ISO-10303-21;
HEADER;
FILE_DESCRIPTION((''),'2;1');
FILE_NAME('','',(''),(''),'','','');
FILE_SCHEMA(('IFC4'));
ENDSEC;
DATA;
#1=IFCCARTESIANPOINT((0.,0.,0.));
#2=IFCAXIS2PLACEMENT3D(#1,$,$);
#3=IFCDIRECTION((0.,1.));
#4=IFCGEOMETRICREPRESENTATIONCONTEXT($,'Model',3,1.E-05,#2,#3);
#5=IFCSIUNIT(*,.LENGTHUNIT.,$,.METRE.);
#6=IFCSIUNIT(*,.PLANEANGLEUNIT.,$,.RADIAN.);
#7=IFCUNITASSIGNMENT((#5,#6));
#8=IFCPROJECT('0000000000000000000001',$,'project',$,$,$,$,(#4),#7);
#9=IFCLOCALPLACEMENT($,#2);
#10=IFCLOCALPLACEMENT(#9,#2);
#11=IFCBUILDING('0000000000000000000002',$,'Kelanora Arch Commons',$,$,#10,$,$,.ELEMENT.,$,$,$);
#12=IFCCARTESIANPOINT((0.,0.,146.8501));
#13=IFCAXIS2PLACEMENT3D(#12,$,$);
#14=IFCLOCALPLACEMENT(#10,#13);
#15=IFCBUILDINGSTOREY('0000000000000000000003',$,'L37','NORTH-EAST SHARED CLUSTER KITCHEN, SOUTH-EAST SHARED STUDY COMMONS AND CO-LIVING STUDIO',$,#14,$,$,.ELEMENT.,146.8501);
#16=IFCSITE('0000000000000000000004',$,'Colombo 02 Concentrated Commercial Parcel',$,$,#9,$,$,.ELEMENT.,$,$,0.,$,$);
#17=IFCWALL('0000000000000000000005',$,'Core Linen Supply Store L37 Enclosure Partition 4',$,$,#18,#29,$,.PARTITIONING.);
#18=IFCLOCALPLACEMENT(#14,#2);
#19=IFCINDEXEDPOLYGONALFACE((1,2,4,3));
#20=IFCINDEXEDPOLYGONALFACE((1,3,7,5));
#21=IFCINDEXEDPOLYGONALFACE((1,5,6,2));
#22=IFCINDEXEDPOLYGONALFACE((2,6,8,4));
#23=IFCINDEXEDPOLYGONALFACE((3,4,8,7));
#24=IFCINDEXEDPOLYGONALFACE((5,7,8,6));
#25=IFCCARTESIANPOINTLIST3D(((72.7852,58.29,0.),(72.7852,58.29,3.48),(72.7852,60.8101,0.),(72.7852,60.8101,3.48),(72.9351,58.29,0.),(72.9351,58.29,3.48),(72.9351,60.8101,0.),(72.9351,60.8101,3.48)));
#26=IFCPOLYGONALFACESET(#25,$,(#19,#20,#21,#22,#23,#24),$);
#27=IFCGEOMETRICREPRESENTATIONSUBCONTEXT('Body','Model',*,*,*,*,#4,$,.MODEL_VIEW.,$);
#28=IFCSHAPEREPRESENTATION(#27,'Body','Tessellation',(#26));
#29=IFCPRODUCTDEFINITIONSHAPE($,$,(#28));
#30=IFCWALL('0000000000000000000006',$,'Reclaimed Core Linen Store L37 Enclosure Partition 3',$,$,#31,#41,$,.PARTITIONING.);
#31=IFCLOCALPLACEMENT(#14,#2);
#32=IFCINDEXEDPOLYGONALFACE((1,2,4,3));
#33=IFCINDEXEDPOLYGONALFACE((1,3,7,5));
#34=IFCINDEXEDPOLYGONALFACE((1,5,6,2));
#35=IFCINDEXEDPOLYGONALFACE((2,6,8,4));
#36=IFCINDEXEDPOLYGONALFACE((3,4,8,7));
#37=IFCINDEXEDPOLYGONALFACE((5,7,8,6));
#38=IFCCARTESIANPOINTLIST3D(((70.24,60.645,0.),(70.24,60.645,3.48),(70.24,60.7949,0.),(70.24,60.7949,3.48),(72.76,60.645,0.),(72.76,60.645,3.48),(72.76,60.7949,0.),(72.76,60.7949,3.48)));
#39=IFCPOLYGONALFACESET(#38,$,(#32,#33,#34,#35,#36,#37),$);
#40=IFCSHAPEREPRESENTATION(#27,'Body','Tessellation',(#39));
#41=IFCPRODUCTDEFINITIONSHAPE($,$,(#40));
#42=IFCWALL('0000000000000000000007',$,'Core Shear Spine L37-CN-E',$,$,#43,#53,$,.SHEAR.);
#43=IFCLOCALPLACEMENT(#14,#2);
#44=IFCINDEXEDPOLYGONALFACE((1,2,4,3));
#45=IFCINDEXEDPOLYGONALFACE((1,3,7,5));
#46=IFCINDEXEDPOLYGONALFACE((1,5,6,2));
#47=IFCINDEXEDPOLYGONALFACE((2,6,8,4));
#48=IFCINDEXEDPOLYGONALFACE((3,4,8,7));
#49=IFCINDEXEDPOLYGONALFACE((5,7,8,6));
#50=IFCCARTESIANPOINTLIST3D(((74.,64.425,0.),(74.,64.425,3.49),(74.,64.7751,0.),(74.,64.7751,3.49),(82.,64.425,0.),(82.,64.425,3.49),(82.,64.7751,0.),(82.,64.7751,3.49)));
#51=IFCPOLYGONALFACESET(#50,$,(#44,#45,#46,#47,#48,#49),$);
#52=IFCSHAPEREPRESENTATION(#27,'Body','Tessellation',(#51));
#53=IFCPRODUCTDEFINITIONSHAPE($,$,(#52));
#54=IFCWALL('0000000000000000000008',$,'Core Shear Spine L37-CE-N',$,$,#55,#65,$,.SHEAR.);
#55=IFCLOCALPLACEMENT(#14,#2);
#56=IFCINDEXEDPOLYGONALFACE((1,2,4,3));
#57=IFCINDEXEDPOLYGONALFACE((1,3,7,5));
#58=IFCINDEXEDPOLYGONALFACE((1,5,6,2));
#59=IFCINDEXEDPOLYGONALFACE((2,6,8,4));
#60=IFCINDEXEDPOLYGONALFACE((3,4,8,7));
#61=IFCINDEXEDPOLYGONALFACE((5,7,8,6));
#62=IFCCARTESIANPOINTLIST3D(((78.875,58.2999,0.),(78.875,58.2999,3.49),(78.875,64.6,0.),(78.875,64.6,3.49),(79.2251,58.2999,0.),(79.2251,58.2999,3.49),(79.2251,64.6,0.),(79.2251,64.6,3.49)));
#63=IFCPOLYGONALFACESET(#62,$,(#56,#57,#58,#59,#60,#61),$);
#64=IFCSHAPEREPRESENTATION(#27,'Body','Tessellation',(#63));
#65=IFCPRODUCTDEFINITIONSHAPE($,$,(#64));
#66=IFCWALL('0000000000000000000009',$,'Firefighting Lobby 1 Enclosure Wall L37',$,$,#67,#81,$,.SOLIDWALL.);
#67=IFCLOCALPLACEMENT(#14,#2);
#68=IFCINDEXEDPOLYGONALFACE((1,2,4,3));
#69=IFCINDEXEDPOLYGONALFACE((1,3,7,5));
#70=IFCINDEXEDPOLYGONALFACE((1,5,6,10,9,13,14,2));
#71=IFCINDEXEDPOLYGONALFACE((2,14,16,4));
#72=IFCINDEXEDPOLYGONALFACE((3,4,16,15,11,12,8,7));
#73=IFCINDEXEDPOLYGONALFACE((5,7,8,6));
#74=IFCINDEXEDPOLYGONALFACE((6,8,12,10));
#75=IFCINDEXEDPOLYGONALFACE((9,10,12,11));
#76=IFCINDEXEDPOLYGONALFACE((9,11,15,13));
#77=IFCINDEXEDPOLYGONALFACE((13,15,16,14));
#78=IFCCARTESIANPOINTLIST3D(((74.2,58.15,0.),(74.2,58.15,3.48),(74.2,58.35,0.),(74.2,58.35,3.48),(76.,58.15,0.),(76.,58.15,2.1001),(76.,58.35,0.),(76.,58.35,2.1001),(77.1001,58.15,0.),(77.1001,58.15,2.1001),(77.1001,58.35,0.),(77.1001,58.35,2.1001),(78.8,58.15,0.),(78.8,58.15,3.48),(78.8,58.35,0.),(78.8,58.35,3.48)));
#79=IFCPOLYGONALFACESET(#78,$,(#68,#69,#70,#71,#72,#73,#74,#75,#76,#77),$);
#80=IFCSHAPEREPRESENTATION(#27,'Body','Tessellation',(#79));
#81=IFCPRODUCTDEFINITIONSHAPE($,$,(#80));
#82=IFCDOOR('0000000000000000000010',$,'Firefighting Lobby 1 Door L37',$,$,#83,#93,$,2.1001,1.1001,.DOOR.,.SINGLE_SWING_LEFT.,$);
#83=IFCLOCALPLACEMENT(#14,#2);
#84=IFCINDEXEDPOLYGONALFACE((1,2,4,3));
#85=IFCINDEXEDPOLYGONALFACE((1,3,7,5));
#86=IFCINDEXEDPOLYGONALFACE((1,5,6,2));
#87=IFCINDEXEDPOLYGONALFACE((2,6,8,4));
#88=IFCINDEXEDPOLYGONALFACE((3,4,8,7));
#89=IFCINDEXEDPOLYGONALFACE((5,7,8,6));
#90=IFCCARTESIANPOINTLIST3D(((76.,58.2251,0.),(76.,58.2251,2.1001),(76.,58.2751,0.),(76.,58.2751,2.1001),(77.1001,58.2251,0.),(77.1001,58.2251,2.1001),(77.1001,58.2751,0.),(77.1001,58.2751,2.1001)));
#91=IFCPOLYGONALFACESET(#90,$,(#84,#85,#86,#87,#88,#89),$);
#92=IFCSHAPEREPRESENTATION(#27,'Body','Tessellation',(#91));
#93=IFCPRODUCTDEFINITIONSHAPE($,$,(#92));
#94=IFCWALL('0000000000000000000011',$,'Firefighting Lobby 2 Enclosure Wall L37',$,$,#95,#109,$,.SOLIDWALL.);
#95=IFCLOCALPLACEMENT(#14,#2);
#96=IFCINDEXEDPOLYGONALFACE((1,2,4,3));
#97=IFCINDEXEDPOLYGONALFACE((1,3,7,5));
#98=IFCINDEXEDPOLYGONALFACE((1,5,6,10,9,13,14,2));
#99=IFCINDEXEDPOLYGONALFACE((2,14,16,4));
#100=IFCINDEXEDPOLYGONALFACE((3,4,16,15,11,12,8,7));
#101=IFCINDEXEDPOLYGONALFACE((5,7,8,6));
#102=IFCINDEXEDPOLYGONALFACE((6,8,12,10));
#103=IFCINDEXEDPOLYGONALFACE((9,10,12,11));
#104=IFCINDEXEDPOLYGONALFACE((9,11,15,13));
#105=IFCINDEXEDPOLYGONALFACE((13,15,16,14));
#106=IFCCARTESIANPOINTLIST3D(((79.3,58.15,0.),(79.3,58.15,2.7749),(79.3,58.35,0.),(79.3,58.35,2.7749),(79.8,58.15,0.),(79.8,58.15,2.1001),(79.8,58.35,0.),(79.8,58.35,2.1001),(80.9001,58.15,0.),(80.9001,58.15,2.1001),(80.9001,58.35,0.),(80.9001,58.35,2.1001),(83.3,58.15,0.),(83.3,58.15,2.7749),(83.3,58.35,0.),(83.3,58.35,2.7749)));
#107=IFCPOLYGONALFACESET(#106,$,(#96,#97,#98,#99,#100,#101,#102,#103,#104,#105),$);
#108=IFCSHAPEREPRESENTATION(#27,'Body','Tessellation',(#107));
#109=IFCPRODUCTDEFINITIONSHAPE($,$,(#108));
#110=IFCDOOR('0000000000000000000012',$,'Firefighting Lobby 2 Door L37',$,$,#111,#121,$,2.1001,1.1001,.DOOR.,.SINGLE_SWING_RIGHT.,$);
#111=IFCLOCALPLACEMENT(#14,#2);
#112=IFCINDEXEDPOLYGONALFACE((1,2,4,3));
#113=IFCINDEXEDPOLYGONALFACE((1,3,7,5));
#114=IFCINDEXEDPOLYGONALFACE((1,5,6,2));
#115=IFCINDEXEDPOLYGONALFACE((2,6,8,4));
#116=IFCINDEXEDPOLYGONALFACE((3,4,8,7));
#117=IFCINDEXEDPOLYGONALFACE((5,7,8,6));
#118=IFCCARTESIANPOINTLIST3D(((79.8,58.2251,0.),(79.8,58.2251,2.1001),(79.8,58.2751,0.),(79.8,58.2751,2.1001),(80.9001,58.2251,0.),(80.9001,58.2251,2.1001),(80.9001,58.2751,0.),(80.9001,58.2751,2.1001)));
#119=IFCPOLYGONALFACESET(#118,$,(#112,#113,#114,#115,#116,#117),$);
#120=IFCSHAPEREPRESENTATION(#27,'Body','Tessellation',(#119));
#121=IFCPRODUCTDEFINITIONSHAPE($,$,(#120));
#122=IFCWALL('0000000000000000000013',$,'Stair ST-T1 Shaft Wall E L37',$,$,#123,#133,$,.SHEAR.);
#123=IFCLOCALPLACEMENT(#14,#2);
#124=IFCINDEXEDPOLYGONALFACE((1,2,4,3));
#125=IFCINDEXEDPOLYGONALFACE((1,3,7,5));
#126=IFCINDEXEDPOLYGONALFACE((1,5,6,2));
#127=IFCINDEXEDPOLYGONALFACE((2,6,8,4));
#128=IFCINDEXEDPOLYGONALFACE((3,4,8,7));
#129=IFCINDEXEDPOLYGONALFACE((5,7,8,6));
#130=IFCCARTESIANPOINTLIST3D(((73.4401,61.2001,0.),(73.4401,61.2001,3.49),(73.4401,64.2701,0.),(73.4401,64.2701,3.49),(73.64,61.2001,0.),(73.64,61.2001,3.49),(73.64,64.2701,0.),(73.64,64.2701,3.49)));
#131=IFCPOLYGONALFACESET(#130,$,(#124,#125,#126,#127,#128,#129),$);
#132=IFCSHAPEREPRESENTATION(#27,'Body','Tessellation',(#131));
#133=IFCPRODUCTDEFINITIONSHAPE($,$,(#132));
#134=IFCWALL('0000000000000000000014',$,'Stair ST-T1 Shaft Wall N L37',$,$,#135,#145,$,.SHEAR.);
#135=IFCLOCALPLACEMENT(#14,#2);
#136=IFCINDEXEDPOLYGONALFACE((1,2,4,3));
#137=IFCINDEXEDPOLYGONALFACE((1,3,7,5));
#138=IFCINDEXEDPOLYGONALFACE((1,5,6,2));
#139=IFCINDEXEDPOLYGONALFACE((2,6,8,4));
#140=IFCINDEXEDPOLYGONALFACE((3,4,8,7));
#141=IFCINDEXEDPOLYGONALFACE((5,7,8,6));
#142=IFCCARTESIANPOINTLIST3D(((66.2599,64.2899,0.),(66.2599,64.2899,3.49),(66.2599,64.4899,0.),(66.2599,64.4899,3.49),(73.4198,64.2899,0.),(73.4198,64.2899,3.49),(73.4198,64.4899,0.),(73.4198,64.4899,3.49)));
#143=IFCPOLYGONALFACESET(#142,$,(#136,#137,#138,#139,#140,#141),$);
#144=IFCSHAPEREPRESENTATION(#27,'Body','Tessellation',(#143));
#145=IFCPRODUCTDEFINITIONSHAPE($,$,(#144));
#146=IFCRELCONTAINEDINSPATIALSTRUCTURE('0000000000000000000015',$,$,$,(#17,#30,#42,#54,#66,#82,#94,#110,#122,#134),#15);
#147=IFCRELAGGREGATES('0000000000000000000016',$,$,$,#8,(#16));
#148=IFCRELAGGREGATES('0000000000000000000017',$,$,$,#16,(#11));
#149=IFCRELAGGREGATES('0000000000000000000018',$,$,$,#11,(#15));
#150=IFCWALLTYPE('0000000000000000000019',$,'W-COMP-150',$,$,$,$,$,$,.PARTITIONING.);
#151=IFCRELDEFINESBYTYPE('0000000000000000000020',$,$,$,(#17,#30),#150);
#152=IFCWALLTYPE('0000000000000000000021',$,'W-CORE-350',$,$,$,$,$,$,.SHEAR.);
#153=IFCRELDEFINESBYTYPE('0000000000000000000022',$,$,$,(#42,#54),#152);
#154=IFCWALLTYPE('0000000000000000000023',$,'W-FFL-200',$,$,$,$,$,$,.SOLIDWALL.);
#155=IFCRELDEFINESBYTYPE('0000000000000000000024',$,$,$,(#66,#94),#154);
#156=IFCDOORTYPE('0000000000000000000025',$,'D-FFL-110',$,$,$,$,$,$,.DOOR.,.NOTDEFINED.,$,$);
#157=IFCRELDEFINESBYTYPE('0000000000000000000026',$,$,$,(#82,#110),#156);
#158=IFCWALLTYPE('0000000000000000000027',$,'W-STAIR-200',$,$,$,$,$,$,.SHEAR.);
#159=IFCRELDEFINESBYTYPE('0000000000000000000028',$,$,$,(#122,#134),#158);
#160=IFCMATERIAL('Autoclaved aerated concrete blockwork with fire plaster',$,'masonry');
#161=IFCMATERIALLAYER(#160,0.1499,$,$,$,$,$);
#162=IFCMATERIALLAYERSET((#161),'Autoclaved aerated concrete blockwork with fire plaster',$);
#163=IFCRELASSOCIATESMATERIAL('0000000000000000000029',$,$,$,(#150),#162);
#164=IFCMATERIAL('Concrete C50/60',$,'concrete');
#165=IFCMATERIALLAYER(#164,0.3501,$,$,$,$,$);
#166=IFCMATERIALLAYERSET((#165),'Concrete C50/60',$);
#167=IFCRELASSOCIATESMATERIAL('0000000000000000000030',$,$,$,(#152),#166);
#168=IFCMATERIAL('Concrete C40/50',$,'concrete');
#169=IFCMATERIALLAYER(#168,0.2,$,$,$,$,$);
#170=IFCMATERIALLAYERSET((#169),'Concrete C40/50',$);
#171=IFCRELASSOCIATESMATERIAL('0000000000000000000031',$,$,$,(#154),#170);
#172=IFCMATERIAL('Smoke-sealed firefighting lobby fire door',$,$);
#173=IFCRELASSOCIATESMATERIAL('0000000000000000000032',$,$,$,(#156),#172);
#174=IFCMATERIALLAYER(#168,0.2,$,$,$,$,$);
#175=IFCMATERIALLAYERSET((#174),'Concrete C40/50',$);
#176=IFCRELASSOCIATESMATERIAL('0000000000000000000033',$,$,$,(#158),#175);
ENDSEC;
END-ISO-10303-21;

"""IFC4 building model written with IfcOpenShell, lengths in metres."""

from ifc_helpers import new_model, si_unit, direction, frame, frame_2d, origin, place, context, subcontext, project, spatial, rectangle, extrude, material, layer, layer_set, type_object, element, fill, save


model = new_model("IFC4")

# Units and contexts
model_context = context("Model", 3, precision=1e-05, world=origin(), true_north=direction((0.0, 1.0)))
body_context = subcontext(model_context, "Body", "Model", "MODEL_VIEW")
ifc_project = project(units=[si_unit("LENGTHUNIT", "METRE"), si_unit("PLANEANGLEUNIT", "RADIAN")], contexts=[model_context])

# Site, building, storey
site_placement = place(None, origin())
site = spatial("IfcSite", under=ifc_project, at=site_placement, Name="Colombo 02 Concentrated Commercial Parcel", CompositionType="ELEMENT", RefElevation=0.0)
building_placement = place(site_placement, origin())
building = spatial("IfcBuilding", under=site, at=building_placement, Name="Kelanora Arch Commons", CompositionType="ELEMENT")
storey_placement = place(building_placement, frame((0.0, 0.0, 146.8501)))
storey = spatial("IfcBuildingStorey", under=building, at=storey_placement, Name="L37", Description="NORTH-EAST SHARED CLUSTER KITCHEN, SOUTH-EAST SHARED STUDY COMMONS AND CO-LIVING STUDIO", CompositionType="ELEMENT", Elevation=146.8501)

# Shared definitions
ifc_material_1 = material(Name="Autoclaved aerated concrete blockwork with fire plaster", Category="masonry")
ifc_layer_1 = layer(ifc_material_1, 0.1499)
ifc_layer_set_1 = layer_set([ifc_layer_1], Name="Autoclaved aerated concrete blockwork with fire plaster")
wall_type_1 = type_object("IfcWallType", Name="W-COMP-150", PredefinedType="PARTITIONING", material=ifc_layer_set_1)

# Walls
for number, where, z_axis, x_axis, name in (
    (1, (72.8601, 60.8101, 0.0), (0.0, 0.0, 1.0), (0.0, -1.0, 0.0), "Core Linen Supply Store L37 Enclosure Partition 4"),
    (2, (72.76, 60.72, 0.0), (0.0, 0.0, 1.0), (-1.0, 0.0, 0.0), "Reclaimed Core Linen Store L37 Enclosure Partition 3"),
):
    element("IfcWall", number, at=place(storey_placement, frame(where, z_axis=z_axis, x_axis=x_axis)), inside=storey, type_object=wall_type_1, Name=name, PredefinedType="PARTITIONING", context=body_context, shape_type="SweptSolid", body=[
        extrude(rectangle(XDim=2.52, YDim=0.1499, at=frame_2d((1.26, 0.0))), origin(), (0.0, 0.0, 1.0), 3.48),
    ])
ifc_material_2 = material(Name="Concrete C50/60", Category="concrete")
ifc_layer_2 = layer(ifc_material_2, 0.3501)
ifc_layer_set_2 = layer_set([ifc_layer_2], Name="Concrete C50/60")
wall_type_2 = type_object("IfcWallType", Name="W-CORE-350", PredefinedType="SHEAR", material=ifc_layer_set_2)
wall_1_placement = place(storey_placement, frame((74.0, 64.6001, 0.0), z_axis=(0.0, 0.0, 1.0), x_axis=(1.0, 0.0, 0.0)))
element("IfcWall", 3, at=wall_1_placement, inside=storey, type_object=wall_type_2, Name="Core Shear Spine L37-CN-E", PredefinedType="SHEAR", context=body_context, shape_type="SweptSolid", body=[
    extrude(rectangle(XDim=8.0, YDim=0.3501, at=frame_2d((4.0, 0.0))), origin(), (0.0, 0.0, 1.0), 3.49),
])
wall_2_placement = place(storey_placement, frame((79.05, 58.3, 0.0), z_axis=(0.0, 0.0, 1.0), x_axis=(0.0, 1.0, 0.0)))
element("IfcWall", 4, at=wall_2_placement, inside=storey, type_object=wall_type_2, Name="Core Shear Spine L37-CE-N", PredefinedType="SHEAR", context=body_context, shape_type="SweptSolid", body=[
    extrude(rectangle(XDim=6.3, YDim=0.3501, at=frame_2d((3.1499, 0.0))), origin(), (0.0, 0.0, 1.0), 3.49),
])

# Walls, openings, doors
ifc_material_3 = material(Name="Concrete C40/50", Category="concrete")
ifc_layer_3 = layer(ifc_material_3, 0.2)
ifc_layer_set_3 = layer_set([ifc_layer_3], Name="Concrete C40/50")
wall_type_3 = type_object("IfcWallType", Name="W-FFL-200", PredefinedType="SOLIDWALL", material=ifc_layer_set_3)
wall_3_placement = place(storey_placement, frame((74.2, 58.25, 0.0), z_axis=(0.0, 0.0, 1.0), x_axis=(1.0, 0.0, 0.0)))
wall_3 = element("IfcWall", 5, at=wall_3_placement, inside=storey, type_object=wall_type_3, Name="Firefighting Lobby 1 Enclosure Wall L37", PredefinedType="SOLIDWALL", context=body_context, shape_type="SweptSolid", body=[
    extrude(rectangle(XDim=4.6001, YDim=0.2, at=frame_2d((2.3, 0.0))), origin(), (0.0, 0.0, 1.0), 3.48),
])
opening_1_placement = place(wall_3_placement, frame((1.8, 0.0, 0.0)))
opening_1 = element("IfcOpeningElement", 6, at=opening_1_placement, cuts=wall_3, PredefinedType="OPENING", context=body_context, shape_type="SweptSolid", body=[
    extrude(rectangle(XDim=1.1001, YDim=2.1001, at=frame_2d((0.55, 1.05))), frame((0.0, 0.1099, 0.0), z_axis=(0.0, -1.0, 0.0), x_axis=(1.0, 0.0, 0.0)), (0.0, 0.0, 1.0), 0.22),
])
ifc_material_4 = material(Name="Smoke-sealed firefighting lobby fire door")
door_type_1 = type_object("IfcDoorType", Name="D-FFL-110", OperationType="NOTDEFINED", PredefinedType="DOOR", material=ifc_material_4)
door_1_placement = place(opening_1_placement, frame((1.1001, 0.0, 0.0), z_axis=(0.0, 0.0, 1.0), x_axis=(-1.0, 0.0, 0.0)))
door_1 = element("IfcDoor", 7, at=door_1_placement, inside=storey, type_object=door_type_1, Name="Firefighting Lobby 1 Door L37", OperationType="SINGLE_SWING_LEFT", OverallHeight=2.1001, OverallWidth=1.1001, PredefinedType="DOOR", context=body_context, shape_type="SweptSolid", body=[
    extrude(rectangle(XDim=1.1001, YDim=2.1001, at=frame_2d((0.55, 1.05))), frame((0.0, 0.0249, 0.0), z_axis=(0.0, -1.0, 0.0), x_axis=(1.0, 0.0, 0.0)), (0.0, 0.0, 1.0), 0.05),
])
fill(opening_1, door_1)
wall_4_placement = place(storey_placement, frame((79.3, 58.25, 0.0), z_axis=(0.0, 0.0, 1.0), x_axis=(1.0, 0.0, 0.0)))
wall_4 = element("IfcWall", 8, at=wall_4_placement, inside=storey, type_object=wall_type_3, Name="Firefighting Lobby 2 Enclosure Wall L37", PredefinedType="SOLIDWALL", context=body_context, shape_type="SweptSolid", body=[
    extrude(rectangle(XDim=4.0, YDim=0.2, at=frame_2d((2.0, 0.0))), origin(), (0.0, 0.0, 1.0), 2.7749),
])
opening_2_placement = place(wall_4_placement, frame((0.5, 0.0, 0.0)))
opening_2 = element("IfcOpeningElement", 9, at=opening_2_placement, cuts=wall_4, PredefinedType="OPENING", context=body_context, shape_type="SweptSolid", body=[
    extrude(rectangle(XDim=1.1001, YDim=2.1001, at=frame_2d((0.55, 1.05))), frame((0.0, 0.1099, 0.0), z_axis=(0.0, -1.0, 0.0), x_axis=(1.0, 0.0, 0.0)), (0.0, 0.0, 1.0), 0.22),
])
door_2_placement = place(opening_2_placement, frame((1.1001, 0.0, 0.0), z_axis=(0.0, 0.0, 1.0), x_axis=(-1.0, 0.0, 0.0)))
door_2 = element("IfcDoor", 10, at=door_2_placement, inside=storey, type_object=door_type_1, Name="Firefighting Lobby 2 Door L37", OperationType="SINGLE_SWING_RIGHT", OverallHeight=2.1001, OverallWidth=1.1001, PredefinedType="DOOR", context=body_context, shape_type="SweptSolid", body=[
    extrude(rectangle(XDim=1.1001, YDim=2.1001, at=frame_2d((0.55, 1.05))), frame((0.0, 0.0249, 0.0), z_axis=(0.0, -1.0, 0.0), x_axis=(1.0, 0.0, 0.0)), (0.0, 0.0, 1.0), 0.05),
])
fill(opening_2, door_2)

# Walls
ifc_layer_4 = layer(ifc_material_3, 0.2)
ifc_layer_set_4 = layer_set([ifc_layer_4], Name="Concrete C40/50")
wall_type_4 = type_object("IfcWallType", Name="W-STAIR-200", PredefinedType="SHEAR", material=ifc_layer_set_4)
wall_5_placement = place(storey_placement, frame((73.54, 61.2, 0.0), z_axis=(0.0, 0.0, 1.0), x_axis=(0.0, 1.0, 0.0)))
element("IfcWall", 11, at=wall_5_placement, inside=storey, type_object=wall_type_4, Name="Stair ST-T1 Shaft Wall E L37", PredefinedType="SHEAR", context=body_context, shape_type="SweptSolid", body=[
    extrude(rectangle(XDim=3.0701, YDim=0.2, at=frame_2d((1.5352, 0.0))), origin(), (0.0, 0.0, 1.0), 3.49),
])
wall_6_placement = place(storey_placement, frame((73.4199, 64.3899, 0.0), z_axis=(0.0, 0.0, 1.0), x_axis=(-1.0, 0.0, 0.0)))
element("IfcWall", 12, at=wall_6_placement, inside=storey, type_object=wall_type_4, Name="Stair ST-T1 Shaft Wall N L37", PredefinedType="SHEAR", context=body_context, shape_type="SweptSolid", body=[
    extrude(rectangle(XDim=7.1599, YDim=0.2, at=frame_2d((3.5801, 0.0))), origin(), (0.0, 0.0, 1.0), 3.49),
])

save(model, "model.ifc")
